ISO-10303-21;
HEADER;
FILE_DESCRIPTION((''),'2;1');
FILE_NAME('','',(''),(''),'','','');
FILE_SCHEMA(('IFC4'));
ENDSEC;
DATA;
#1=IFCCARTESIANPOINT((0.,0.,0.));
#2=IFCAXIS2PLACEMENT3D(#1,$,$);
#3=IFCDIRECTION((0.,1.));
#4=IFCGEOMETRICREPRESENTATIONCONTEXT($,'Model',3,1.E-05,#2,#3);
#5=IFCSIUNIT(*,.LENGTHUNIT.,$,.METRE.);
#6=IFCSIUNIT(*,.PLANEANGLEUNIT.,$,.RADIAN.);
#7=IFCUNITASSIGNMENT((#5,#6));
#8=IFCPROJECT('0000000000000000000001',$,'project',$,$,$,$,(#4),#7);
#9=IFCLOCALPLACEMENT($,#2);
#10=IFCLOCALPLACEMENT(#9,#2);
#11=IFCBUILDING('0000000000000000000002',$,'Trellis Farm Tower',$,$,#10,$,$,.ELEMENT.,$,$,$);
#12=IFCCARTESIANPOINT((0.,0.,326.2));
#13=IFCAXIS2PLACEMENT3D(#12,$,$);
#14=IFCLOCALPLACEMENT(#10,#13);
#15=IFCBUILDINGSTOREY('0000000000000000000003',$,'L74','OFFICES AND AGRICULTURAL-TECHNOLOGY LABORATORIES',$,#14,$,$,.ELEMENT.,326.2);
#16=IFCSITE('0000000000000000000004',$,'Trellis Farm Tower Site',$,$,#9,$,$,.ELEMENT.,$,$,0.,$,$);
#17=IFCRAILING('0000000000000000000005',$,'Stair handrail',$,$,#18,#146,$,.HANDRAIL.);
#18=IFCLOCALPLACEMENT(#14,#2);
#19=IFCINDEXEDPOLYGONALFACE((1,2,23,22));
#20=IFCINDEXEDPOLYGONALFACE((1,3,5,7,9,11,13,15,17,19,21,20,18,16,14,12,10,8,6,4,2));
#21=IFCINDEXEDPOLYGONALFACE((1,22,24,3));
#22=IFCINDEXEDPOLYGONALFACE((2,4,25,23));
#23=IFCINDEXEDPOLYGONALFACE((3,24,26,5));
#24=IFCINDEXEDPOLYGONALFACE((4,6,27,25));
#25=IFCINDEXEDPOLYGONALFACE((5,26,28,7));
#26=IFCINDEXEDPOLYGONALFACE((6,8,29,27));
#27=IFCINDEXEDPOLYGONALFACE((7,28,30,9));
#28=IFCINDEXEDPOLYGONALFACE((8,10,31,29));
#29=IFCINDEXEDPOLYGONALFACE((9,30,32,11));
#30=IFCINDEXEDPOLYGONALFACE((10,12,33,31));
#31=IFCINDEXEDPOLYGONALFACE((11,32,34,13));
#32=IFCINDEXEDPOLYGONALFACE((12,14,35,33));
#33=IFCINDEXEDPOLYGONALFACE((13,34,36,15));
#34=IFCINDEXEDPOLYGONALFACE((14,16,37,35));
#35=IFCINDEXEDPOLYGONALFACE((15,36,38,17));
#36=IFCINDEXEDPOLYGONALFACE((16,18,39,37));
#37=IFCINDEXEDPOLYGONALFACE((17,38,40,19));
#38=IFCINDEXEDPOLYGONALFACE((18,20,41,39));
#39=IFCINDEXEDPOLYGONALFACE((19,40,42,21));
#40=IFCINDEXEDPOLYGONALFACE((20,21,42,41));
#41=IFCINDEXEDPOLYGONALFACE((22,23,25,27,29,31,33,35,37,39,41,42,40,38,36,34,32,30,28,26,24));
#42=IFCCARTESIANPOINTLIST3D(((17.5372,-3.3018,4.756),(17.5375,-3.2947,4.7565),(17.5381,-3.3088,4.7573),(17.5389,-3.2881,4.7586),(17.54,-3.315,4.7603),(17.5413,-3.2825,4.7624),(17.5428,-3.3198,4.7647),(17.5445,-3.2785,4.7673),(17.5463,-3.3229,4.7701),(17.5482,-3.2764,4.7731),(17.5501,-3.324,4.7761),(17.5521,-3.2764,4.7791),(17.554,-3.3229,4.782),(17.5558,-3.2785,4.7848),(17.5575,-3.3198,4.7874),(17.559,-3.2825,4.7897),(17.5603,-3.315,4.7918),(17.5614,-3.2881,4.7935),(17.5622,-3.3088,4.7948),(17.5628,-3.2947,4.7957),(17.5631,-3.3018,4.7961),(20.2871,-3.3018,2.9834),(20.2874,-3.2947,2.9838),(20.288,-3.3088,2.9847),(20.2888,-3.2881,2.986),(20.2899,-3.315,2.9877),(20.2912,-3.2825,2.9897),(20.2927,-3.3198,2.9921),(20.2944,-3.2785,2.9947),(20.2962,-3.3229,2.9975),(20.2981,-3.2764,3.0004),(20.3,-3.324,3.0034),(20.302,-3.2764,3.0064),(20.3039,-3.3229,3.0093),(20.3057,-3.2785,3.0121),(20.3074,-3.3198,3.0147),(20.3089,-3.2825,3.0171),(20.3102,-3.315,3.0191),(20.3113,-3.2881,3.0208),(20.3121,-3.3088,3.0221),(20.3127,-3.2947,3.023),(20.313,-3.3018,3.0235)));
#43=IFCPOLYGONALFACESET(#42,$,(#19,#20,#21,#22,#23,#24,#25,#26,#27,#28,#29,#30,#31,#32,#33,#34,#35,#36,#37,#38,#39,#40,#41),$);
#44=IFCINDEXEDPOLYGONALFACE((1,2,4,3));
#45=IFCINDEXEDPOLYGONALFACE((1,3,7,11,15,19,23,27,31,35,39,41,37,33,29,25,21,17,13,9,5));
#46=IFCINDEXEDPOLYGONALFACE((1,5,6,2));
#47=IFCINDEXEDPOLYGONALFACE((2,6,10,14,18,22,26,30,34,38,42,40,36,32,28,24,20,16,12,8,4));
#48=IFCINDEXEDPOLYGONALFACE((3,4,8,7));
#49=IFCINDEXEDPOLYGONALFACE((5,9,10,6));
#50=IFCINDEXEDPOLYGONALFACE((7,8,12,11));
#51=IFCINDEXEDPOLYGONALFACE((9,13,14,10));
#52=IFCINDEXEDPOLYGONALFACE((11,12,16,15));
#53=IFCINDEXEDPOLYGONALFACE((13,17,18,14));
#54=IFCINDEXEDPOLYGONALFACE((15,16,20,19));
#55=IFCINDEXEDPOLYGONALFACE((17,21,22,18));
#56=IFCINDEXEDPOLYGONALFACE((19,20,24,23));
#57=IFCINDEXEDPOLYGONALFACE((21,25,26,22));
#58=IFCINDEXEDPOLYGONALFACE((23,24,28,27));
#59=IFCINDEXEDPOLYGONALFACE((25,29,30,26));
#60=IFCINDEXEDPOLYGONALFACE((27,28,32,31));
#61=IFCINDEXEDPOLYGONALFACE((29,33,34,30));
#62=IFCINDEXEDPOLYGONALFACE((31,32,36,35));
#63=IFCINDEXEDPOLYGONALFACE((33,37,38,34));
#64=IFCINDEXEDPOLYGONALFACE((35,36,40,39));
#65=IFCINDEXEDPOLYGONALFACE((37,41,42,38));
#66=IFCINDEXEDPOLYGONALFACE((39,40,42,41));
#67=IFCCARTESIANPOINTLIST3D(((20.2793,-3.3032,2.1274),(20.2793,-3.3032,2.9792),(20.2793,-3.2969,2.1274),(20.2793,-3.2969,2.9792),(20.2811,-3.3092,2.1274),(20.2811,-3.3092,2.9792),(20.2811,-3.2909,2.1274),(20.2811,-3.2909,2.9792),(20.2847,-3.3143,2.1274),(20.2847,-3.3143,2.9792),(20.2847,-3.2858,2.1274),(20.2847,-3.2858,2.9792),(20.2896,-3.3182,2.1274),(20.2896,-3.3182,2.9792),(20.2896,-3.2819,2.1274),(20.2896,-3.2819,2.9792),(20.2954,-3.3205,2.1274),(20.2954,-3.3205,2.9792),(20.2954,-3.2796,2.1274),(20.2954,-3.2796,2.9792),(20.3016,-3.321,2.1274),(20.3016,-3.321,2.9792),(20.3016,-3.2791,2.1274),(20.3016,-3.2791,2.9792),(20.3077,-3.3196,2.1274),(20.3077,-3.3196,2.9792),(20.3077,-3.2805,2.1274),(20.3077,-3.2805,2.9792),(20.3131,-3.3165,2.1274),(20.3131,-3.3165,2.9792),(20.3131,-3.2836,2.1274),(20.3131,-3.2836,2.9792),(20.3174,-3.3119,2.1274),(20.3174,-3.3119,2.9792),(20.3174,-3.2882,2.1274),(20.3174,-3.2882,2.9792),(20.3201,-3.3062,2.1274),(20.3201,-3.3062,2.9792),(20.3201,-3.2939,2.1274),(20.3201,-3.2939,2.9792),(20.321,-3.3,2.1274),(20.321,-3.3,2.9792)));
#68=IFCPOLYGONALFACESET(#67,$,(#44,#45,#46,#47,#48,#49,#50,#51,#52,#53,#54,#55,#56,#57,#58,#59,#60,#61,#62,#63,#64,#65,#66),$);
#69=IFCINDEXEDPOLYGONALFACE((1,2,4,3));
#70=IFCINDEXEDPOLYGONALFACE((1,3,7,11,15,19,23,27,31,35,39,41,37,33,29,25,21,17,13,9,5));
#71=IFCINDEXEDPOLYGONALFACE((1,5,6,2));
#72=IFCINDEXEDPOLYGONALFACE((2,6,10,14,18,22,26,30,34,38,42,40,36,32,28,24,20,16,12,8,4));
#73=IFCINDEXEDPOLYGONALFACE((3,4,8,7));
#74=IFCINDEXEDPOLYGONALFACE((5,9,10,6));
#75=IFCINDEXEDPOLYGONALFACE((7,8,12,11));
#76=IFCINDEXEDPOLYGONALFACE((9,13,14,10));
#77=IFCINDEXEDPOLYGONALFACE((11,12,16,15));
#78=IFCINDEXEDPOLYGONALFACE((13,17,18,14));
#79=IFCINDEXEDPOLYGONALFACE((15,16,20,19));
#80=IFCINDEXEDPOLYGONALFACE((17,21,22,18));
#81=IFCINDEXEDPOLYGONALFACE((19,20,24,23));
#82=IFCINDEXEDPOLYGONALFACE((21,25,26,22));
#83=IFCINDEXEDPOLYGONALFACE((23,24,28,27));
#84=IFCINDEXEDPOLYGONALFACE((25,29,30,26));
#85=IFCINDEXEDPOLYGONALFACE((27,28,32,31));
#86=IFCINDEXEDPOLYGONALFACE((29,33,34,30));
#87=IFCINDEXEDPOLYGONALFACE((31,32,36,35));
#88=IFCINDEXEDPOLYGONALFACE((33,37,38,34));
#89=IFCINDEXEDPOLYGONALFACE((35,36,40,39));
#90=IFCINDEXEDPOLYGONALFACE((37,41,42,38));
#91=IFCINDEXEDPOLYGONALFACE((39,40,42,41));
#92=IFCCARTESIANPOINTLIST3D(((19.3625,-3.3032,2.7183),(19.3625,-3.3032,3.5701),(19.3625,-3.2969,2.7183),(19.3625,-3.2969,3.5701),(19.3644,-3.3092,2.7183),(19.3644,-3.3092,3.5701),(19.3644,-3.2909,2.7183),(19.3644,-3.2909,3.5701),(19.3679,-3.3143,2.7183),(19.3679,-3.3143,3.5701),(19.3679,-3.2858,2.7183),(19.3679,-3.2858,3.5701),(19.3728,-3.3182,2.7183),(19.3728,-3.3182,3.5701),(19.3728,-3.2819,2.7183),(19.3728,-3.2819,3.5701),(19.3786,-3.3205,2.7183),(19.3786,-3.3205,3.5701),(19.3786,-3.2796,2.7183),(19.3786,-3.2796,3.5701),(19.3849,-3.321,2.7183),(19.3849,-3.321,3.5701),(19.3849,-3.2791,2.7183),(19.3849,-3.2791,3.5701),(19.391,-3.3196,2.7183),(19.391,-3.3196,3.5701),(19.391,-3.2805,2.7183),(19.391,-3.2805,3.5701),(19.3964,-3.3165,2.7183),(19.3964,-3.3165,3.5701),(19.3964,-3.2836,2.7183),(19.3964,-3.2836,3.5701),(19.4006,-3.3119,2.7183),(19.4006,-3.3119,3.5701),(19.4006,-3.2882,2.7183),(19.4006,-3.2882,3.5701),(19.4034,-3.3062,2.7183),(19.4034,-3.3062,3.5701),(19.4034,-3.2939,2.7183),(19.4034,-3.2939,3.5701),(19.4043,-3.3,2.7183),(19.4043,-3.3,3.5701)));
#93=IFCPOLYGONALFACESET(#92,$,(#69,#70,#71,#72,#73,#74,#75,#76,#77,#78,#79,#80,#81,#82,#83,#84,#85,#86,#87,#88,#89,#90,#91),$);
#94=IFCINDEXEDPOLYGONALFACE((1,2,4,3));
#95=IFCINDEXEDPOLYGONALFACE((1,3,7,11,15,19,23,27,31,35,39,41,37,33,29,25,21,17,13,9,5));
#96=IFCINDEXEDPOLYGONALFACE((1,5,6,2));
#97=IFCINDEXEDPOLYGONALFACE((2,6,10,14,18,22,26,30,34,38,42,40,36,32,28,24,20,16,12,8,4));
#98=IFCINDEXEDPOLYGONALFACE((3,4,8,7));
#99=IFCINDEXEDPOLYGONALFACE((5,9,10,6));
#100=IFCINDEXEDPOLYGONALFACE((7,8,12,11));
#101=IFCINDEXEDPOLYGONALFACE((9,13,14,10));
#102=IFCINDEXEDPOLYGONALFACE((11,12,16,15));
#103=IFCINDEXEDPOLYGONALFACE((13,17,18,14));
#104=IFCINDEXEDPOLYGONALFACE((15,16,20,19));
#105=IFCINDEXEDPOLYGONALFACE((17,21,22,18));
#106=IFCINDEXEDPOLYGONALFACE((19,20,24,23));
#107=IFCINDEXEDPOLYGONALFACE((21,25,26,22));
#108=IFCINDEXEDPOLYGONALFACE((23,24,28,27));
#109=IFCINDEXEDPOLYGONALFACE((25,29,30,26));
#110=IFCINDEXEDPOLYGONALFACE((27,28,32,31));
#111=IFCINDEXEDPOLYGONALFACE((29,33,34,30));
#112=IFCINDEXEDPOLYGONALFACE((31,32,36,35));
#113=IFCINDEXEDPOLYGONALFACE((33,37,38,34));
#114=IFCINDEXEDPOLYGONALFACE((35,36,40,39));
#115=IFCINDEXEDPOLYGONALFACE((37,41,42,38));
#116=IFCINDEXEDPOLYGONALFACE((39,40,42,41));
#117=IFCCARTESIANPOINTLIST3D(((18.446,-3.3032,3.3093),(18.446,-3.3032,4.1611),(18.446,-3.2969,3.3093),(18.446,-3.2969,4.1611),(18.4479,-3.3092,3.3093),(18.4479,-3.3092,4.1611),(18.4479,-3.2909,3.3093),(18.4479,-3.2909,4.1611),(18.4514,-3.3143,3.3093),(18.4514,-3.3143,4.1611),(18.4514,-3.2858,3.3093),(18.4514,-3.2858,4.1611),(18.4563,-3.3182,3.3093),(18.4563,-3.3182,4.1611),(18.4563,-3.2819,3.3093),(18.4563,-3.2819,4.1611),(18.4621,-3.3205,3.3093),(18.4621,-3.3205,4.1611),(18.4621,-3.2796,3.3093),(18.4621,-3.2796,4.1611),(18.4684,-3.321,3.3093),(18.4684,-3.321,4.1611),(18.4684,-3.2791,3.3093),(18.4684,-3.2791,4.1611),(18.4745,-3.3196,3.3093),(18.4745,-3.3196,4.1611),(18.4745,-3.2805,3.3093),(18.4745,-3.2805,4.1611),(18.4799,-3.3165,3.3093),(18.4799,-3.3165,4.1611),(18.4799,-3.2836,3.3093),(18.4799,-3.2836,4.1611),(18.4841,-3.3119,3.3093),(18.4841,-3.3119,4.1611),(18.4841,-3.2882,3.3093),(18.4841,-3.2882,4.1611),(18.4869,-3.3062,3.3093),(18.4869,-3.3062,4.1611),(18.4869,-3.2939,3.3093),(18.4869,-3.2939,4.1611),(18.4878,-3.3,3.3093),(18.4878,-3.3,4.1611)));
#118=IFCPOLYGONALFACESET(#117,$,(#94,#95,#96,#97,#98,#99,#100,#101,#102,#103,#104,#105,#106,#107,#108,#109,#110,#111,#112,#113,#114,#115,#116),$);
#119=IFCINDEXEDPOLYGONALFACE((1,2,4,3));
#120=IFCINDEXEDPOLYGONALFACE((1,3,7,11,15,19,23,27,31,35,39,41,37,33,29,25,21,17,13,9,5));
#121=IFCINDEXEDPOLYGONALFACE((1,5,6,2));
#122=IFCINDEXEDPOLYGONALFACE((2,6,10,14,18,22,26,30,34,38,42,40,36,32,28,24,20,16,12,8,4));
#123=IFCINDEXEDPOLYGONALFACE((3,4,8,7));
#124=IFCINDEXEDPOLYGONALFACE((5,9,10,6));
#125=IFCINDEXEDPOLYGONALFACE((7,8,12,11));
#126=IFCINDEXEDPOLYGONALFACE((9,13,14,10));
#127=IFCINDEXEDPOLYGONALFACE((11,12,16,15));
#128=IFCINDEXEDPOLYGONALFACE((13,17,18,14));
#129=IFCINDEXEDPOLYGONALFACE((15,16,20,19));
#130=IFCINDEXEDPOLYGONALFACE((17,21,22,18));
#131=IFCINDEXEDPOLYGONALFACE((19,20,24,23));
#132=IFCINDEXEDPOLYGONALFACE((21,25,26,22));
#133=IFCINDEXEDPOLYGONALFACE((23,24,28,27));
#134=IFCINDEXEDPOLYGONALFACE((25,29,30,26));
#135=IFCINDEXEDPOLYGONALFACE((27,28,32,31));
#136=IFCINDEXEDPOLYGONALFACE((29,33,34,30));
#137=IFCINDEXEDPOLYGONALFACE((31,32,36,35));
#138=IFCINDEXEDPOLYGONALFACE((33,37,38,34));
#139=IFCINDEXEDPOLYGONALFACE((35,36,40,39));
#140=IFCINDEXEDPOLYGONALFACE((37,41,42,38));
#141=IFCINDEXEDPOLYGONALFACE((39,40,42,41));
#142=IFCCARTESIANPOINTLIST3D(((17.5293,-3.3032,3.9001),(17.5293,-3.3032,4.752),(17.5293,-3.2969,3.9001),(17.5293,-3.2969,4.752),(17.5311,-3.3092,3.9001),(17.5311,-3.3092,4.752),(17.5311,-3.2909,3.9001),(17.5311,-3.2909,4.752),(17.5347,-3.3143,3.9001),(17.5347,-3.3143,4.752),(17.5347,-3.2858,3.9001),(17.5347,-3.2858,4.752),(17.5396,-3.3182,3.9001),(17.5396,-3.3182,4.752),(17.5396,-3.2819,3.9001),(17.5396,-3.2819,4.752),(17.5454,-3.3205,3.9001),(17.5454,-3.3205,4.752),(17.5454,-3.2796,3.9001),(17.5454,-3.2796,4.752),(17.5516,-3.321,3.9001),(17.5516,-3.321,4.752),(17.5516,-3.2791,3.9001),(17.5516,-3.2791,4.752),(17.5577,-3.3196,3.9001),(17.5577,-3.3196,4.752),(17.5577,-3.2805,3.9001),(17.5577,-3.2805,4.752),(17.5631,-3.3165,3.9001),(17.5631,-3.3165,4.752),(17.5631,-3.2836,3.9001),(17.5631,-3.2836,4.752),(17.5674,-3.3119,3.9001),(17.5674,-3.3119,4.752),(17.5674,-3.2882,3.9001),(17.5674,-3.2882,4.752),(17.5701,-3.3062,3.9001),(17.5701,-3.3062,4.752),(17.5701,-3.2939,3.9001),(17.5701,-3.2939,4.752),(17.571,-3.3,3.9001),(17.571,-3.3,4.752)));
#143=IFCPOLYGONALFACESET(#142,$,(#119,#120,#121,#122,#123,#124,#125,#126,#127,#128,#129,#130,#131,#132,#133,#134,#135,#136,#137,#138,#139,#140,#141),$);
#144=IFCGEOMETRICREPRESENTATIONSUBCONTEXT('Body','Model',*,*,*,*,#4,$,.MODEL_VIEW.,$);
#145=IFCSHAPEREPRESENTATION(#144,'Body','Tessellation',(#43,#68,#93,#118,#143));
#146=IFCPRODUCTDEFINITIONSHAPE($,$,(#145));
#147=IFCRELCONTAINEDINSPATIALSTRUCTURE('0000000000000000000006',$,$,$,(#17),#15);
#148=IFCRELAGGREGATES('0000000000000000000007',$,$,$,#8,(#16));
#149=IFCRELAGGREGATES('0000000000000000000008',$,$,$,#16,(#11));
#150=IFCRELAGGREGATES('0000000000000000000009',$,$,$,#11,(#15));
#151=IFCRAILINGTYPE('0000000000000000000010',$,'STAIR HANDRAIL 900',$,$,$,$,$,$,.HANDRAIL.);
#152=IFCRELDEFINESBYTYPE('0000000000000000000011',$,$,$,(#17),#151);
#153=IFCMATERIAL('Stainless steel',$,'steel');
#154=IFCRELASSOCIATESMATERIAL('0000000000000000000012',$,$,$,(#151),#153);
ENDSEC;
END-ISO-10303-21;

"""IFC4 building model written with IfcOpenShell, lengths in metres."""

from ifc_helpers import new_model, si_unit, direction, frame, origin, origin_2d, place, context, subcontext, project, spatial, circle, extrude, source, transform, mapped, material, type_object, element, save


model = new_model("IFC4")

# Units and contexts
model_context = context("Model", 3, precision=1e-05, world=origin(), true_north=direction((0.0, 1.0)))
body_context = subcontext(model_context, "Body", "Model", "MODEL_VIEW")
ifc_project = project(units=[si_unit("LENGTHUNIT", "METRE"), si_unit("PLANEANGLEUNIT", "RADIAN")], contexts=[model_context])

# Site, building, storey
site_placement = place(None, origin())
site = spatial("IfcSite", under=ifc_project, at=site_placement, Name="Trellis Farm Tower Site", CompositionType="ELEMENT", RefElevation=0.0)
building_placement = place(site_placement, origin())
building = spatial("IfcBuilding", under=site, at=building_placement, Name="Trellis Farm Tower", CompositionType="ELEMENT")
storey_placement = place(building_placement, frame((0.0, 0.0, 326.2)))
storey = spatial("IfcBuildingStorey", under=building, at=storey_placement, Name="L74", Description="OFFICES AND AGRICULTURAL-TECHNOLOGY LABORATORIES", CompositionType="ELEMENT", Elevation=326.2)

# Railing
ifc_material_1 = material(Name="Stainless steel", Category="steel")
railing_type = type_object("IfcRailingType", Name="STAIR HANDRAIL 900", PredefinedType="HANDRAIL", material=ifc_material_1)
shared_shape_1 = source(origin(), body_context, "Body", "SweptSolid", [
    extrude(circle(Radius=0.0239, at=origin_2d()), frame((0.0, 0.0, 0.876), z_axis=(-0.840504, 0.0, 0.541806), x_axis=(0.0, -1.0, 0.0)), (0.0, 0.0, 1.0), 3.2717),
    extrude(circle(Radius=0.021, at=origin_2d()), origin(), (0.0, 0.0, 1.0), 0.8518),
    extrude(circle(Radius=0.021, at=origin_2d()), frame((-0.9167, 0.0, 0.5908)), (0.0, 0.0, 1.0), 0.8518),
    extrude(circle(Radius=0.021, at=origin_2d()), frame((-1.8333, 0.0, 1.1819)), (0.0, 0.0, 1.0), 0.8518),
    extrude(circle(Radius=0.021, at=origin_2d()), frame((-2.75, 0.0, 1.7727)), (0.0, 0.0, 1.0), 0.8518),
])
for number, where, name in (
    (1, (20.3, -3.3, 2.1274), "Stair handrail"),
):
    element("IfcRailing", number, at=place(storey_placement, frame(where)), inside=storey, type_object=railing_type, Name=name, PredefinedType="HANDRAIL", context=body_context, shape_type="MappedRepresentation", body=[
        mapped(shared_shape_1, transform((0.0, 0.0, 0.0))),
    ])

save(model, "model.ifc")
